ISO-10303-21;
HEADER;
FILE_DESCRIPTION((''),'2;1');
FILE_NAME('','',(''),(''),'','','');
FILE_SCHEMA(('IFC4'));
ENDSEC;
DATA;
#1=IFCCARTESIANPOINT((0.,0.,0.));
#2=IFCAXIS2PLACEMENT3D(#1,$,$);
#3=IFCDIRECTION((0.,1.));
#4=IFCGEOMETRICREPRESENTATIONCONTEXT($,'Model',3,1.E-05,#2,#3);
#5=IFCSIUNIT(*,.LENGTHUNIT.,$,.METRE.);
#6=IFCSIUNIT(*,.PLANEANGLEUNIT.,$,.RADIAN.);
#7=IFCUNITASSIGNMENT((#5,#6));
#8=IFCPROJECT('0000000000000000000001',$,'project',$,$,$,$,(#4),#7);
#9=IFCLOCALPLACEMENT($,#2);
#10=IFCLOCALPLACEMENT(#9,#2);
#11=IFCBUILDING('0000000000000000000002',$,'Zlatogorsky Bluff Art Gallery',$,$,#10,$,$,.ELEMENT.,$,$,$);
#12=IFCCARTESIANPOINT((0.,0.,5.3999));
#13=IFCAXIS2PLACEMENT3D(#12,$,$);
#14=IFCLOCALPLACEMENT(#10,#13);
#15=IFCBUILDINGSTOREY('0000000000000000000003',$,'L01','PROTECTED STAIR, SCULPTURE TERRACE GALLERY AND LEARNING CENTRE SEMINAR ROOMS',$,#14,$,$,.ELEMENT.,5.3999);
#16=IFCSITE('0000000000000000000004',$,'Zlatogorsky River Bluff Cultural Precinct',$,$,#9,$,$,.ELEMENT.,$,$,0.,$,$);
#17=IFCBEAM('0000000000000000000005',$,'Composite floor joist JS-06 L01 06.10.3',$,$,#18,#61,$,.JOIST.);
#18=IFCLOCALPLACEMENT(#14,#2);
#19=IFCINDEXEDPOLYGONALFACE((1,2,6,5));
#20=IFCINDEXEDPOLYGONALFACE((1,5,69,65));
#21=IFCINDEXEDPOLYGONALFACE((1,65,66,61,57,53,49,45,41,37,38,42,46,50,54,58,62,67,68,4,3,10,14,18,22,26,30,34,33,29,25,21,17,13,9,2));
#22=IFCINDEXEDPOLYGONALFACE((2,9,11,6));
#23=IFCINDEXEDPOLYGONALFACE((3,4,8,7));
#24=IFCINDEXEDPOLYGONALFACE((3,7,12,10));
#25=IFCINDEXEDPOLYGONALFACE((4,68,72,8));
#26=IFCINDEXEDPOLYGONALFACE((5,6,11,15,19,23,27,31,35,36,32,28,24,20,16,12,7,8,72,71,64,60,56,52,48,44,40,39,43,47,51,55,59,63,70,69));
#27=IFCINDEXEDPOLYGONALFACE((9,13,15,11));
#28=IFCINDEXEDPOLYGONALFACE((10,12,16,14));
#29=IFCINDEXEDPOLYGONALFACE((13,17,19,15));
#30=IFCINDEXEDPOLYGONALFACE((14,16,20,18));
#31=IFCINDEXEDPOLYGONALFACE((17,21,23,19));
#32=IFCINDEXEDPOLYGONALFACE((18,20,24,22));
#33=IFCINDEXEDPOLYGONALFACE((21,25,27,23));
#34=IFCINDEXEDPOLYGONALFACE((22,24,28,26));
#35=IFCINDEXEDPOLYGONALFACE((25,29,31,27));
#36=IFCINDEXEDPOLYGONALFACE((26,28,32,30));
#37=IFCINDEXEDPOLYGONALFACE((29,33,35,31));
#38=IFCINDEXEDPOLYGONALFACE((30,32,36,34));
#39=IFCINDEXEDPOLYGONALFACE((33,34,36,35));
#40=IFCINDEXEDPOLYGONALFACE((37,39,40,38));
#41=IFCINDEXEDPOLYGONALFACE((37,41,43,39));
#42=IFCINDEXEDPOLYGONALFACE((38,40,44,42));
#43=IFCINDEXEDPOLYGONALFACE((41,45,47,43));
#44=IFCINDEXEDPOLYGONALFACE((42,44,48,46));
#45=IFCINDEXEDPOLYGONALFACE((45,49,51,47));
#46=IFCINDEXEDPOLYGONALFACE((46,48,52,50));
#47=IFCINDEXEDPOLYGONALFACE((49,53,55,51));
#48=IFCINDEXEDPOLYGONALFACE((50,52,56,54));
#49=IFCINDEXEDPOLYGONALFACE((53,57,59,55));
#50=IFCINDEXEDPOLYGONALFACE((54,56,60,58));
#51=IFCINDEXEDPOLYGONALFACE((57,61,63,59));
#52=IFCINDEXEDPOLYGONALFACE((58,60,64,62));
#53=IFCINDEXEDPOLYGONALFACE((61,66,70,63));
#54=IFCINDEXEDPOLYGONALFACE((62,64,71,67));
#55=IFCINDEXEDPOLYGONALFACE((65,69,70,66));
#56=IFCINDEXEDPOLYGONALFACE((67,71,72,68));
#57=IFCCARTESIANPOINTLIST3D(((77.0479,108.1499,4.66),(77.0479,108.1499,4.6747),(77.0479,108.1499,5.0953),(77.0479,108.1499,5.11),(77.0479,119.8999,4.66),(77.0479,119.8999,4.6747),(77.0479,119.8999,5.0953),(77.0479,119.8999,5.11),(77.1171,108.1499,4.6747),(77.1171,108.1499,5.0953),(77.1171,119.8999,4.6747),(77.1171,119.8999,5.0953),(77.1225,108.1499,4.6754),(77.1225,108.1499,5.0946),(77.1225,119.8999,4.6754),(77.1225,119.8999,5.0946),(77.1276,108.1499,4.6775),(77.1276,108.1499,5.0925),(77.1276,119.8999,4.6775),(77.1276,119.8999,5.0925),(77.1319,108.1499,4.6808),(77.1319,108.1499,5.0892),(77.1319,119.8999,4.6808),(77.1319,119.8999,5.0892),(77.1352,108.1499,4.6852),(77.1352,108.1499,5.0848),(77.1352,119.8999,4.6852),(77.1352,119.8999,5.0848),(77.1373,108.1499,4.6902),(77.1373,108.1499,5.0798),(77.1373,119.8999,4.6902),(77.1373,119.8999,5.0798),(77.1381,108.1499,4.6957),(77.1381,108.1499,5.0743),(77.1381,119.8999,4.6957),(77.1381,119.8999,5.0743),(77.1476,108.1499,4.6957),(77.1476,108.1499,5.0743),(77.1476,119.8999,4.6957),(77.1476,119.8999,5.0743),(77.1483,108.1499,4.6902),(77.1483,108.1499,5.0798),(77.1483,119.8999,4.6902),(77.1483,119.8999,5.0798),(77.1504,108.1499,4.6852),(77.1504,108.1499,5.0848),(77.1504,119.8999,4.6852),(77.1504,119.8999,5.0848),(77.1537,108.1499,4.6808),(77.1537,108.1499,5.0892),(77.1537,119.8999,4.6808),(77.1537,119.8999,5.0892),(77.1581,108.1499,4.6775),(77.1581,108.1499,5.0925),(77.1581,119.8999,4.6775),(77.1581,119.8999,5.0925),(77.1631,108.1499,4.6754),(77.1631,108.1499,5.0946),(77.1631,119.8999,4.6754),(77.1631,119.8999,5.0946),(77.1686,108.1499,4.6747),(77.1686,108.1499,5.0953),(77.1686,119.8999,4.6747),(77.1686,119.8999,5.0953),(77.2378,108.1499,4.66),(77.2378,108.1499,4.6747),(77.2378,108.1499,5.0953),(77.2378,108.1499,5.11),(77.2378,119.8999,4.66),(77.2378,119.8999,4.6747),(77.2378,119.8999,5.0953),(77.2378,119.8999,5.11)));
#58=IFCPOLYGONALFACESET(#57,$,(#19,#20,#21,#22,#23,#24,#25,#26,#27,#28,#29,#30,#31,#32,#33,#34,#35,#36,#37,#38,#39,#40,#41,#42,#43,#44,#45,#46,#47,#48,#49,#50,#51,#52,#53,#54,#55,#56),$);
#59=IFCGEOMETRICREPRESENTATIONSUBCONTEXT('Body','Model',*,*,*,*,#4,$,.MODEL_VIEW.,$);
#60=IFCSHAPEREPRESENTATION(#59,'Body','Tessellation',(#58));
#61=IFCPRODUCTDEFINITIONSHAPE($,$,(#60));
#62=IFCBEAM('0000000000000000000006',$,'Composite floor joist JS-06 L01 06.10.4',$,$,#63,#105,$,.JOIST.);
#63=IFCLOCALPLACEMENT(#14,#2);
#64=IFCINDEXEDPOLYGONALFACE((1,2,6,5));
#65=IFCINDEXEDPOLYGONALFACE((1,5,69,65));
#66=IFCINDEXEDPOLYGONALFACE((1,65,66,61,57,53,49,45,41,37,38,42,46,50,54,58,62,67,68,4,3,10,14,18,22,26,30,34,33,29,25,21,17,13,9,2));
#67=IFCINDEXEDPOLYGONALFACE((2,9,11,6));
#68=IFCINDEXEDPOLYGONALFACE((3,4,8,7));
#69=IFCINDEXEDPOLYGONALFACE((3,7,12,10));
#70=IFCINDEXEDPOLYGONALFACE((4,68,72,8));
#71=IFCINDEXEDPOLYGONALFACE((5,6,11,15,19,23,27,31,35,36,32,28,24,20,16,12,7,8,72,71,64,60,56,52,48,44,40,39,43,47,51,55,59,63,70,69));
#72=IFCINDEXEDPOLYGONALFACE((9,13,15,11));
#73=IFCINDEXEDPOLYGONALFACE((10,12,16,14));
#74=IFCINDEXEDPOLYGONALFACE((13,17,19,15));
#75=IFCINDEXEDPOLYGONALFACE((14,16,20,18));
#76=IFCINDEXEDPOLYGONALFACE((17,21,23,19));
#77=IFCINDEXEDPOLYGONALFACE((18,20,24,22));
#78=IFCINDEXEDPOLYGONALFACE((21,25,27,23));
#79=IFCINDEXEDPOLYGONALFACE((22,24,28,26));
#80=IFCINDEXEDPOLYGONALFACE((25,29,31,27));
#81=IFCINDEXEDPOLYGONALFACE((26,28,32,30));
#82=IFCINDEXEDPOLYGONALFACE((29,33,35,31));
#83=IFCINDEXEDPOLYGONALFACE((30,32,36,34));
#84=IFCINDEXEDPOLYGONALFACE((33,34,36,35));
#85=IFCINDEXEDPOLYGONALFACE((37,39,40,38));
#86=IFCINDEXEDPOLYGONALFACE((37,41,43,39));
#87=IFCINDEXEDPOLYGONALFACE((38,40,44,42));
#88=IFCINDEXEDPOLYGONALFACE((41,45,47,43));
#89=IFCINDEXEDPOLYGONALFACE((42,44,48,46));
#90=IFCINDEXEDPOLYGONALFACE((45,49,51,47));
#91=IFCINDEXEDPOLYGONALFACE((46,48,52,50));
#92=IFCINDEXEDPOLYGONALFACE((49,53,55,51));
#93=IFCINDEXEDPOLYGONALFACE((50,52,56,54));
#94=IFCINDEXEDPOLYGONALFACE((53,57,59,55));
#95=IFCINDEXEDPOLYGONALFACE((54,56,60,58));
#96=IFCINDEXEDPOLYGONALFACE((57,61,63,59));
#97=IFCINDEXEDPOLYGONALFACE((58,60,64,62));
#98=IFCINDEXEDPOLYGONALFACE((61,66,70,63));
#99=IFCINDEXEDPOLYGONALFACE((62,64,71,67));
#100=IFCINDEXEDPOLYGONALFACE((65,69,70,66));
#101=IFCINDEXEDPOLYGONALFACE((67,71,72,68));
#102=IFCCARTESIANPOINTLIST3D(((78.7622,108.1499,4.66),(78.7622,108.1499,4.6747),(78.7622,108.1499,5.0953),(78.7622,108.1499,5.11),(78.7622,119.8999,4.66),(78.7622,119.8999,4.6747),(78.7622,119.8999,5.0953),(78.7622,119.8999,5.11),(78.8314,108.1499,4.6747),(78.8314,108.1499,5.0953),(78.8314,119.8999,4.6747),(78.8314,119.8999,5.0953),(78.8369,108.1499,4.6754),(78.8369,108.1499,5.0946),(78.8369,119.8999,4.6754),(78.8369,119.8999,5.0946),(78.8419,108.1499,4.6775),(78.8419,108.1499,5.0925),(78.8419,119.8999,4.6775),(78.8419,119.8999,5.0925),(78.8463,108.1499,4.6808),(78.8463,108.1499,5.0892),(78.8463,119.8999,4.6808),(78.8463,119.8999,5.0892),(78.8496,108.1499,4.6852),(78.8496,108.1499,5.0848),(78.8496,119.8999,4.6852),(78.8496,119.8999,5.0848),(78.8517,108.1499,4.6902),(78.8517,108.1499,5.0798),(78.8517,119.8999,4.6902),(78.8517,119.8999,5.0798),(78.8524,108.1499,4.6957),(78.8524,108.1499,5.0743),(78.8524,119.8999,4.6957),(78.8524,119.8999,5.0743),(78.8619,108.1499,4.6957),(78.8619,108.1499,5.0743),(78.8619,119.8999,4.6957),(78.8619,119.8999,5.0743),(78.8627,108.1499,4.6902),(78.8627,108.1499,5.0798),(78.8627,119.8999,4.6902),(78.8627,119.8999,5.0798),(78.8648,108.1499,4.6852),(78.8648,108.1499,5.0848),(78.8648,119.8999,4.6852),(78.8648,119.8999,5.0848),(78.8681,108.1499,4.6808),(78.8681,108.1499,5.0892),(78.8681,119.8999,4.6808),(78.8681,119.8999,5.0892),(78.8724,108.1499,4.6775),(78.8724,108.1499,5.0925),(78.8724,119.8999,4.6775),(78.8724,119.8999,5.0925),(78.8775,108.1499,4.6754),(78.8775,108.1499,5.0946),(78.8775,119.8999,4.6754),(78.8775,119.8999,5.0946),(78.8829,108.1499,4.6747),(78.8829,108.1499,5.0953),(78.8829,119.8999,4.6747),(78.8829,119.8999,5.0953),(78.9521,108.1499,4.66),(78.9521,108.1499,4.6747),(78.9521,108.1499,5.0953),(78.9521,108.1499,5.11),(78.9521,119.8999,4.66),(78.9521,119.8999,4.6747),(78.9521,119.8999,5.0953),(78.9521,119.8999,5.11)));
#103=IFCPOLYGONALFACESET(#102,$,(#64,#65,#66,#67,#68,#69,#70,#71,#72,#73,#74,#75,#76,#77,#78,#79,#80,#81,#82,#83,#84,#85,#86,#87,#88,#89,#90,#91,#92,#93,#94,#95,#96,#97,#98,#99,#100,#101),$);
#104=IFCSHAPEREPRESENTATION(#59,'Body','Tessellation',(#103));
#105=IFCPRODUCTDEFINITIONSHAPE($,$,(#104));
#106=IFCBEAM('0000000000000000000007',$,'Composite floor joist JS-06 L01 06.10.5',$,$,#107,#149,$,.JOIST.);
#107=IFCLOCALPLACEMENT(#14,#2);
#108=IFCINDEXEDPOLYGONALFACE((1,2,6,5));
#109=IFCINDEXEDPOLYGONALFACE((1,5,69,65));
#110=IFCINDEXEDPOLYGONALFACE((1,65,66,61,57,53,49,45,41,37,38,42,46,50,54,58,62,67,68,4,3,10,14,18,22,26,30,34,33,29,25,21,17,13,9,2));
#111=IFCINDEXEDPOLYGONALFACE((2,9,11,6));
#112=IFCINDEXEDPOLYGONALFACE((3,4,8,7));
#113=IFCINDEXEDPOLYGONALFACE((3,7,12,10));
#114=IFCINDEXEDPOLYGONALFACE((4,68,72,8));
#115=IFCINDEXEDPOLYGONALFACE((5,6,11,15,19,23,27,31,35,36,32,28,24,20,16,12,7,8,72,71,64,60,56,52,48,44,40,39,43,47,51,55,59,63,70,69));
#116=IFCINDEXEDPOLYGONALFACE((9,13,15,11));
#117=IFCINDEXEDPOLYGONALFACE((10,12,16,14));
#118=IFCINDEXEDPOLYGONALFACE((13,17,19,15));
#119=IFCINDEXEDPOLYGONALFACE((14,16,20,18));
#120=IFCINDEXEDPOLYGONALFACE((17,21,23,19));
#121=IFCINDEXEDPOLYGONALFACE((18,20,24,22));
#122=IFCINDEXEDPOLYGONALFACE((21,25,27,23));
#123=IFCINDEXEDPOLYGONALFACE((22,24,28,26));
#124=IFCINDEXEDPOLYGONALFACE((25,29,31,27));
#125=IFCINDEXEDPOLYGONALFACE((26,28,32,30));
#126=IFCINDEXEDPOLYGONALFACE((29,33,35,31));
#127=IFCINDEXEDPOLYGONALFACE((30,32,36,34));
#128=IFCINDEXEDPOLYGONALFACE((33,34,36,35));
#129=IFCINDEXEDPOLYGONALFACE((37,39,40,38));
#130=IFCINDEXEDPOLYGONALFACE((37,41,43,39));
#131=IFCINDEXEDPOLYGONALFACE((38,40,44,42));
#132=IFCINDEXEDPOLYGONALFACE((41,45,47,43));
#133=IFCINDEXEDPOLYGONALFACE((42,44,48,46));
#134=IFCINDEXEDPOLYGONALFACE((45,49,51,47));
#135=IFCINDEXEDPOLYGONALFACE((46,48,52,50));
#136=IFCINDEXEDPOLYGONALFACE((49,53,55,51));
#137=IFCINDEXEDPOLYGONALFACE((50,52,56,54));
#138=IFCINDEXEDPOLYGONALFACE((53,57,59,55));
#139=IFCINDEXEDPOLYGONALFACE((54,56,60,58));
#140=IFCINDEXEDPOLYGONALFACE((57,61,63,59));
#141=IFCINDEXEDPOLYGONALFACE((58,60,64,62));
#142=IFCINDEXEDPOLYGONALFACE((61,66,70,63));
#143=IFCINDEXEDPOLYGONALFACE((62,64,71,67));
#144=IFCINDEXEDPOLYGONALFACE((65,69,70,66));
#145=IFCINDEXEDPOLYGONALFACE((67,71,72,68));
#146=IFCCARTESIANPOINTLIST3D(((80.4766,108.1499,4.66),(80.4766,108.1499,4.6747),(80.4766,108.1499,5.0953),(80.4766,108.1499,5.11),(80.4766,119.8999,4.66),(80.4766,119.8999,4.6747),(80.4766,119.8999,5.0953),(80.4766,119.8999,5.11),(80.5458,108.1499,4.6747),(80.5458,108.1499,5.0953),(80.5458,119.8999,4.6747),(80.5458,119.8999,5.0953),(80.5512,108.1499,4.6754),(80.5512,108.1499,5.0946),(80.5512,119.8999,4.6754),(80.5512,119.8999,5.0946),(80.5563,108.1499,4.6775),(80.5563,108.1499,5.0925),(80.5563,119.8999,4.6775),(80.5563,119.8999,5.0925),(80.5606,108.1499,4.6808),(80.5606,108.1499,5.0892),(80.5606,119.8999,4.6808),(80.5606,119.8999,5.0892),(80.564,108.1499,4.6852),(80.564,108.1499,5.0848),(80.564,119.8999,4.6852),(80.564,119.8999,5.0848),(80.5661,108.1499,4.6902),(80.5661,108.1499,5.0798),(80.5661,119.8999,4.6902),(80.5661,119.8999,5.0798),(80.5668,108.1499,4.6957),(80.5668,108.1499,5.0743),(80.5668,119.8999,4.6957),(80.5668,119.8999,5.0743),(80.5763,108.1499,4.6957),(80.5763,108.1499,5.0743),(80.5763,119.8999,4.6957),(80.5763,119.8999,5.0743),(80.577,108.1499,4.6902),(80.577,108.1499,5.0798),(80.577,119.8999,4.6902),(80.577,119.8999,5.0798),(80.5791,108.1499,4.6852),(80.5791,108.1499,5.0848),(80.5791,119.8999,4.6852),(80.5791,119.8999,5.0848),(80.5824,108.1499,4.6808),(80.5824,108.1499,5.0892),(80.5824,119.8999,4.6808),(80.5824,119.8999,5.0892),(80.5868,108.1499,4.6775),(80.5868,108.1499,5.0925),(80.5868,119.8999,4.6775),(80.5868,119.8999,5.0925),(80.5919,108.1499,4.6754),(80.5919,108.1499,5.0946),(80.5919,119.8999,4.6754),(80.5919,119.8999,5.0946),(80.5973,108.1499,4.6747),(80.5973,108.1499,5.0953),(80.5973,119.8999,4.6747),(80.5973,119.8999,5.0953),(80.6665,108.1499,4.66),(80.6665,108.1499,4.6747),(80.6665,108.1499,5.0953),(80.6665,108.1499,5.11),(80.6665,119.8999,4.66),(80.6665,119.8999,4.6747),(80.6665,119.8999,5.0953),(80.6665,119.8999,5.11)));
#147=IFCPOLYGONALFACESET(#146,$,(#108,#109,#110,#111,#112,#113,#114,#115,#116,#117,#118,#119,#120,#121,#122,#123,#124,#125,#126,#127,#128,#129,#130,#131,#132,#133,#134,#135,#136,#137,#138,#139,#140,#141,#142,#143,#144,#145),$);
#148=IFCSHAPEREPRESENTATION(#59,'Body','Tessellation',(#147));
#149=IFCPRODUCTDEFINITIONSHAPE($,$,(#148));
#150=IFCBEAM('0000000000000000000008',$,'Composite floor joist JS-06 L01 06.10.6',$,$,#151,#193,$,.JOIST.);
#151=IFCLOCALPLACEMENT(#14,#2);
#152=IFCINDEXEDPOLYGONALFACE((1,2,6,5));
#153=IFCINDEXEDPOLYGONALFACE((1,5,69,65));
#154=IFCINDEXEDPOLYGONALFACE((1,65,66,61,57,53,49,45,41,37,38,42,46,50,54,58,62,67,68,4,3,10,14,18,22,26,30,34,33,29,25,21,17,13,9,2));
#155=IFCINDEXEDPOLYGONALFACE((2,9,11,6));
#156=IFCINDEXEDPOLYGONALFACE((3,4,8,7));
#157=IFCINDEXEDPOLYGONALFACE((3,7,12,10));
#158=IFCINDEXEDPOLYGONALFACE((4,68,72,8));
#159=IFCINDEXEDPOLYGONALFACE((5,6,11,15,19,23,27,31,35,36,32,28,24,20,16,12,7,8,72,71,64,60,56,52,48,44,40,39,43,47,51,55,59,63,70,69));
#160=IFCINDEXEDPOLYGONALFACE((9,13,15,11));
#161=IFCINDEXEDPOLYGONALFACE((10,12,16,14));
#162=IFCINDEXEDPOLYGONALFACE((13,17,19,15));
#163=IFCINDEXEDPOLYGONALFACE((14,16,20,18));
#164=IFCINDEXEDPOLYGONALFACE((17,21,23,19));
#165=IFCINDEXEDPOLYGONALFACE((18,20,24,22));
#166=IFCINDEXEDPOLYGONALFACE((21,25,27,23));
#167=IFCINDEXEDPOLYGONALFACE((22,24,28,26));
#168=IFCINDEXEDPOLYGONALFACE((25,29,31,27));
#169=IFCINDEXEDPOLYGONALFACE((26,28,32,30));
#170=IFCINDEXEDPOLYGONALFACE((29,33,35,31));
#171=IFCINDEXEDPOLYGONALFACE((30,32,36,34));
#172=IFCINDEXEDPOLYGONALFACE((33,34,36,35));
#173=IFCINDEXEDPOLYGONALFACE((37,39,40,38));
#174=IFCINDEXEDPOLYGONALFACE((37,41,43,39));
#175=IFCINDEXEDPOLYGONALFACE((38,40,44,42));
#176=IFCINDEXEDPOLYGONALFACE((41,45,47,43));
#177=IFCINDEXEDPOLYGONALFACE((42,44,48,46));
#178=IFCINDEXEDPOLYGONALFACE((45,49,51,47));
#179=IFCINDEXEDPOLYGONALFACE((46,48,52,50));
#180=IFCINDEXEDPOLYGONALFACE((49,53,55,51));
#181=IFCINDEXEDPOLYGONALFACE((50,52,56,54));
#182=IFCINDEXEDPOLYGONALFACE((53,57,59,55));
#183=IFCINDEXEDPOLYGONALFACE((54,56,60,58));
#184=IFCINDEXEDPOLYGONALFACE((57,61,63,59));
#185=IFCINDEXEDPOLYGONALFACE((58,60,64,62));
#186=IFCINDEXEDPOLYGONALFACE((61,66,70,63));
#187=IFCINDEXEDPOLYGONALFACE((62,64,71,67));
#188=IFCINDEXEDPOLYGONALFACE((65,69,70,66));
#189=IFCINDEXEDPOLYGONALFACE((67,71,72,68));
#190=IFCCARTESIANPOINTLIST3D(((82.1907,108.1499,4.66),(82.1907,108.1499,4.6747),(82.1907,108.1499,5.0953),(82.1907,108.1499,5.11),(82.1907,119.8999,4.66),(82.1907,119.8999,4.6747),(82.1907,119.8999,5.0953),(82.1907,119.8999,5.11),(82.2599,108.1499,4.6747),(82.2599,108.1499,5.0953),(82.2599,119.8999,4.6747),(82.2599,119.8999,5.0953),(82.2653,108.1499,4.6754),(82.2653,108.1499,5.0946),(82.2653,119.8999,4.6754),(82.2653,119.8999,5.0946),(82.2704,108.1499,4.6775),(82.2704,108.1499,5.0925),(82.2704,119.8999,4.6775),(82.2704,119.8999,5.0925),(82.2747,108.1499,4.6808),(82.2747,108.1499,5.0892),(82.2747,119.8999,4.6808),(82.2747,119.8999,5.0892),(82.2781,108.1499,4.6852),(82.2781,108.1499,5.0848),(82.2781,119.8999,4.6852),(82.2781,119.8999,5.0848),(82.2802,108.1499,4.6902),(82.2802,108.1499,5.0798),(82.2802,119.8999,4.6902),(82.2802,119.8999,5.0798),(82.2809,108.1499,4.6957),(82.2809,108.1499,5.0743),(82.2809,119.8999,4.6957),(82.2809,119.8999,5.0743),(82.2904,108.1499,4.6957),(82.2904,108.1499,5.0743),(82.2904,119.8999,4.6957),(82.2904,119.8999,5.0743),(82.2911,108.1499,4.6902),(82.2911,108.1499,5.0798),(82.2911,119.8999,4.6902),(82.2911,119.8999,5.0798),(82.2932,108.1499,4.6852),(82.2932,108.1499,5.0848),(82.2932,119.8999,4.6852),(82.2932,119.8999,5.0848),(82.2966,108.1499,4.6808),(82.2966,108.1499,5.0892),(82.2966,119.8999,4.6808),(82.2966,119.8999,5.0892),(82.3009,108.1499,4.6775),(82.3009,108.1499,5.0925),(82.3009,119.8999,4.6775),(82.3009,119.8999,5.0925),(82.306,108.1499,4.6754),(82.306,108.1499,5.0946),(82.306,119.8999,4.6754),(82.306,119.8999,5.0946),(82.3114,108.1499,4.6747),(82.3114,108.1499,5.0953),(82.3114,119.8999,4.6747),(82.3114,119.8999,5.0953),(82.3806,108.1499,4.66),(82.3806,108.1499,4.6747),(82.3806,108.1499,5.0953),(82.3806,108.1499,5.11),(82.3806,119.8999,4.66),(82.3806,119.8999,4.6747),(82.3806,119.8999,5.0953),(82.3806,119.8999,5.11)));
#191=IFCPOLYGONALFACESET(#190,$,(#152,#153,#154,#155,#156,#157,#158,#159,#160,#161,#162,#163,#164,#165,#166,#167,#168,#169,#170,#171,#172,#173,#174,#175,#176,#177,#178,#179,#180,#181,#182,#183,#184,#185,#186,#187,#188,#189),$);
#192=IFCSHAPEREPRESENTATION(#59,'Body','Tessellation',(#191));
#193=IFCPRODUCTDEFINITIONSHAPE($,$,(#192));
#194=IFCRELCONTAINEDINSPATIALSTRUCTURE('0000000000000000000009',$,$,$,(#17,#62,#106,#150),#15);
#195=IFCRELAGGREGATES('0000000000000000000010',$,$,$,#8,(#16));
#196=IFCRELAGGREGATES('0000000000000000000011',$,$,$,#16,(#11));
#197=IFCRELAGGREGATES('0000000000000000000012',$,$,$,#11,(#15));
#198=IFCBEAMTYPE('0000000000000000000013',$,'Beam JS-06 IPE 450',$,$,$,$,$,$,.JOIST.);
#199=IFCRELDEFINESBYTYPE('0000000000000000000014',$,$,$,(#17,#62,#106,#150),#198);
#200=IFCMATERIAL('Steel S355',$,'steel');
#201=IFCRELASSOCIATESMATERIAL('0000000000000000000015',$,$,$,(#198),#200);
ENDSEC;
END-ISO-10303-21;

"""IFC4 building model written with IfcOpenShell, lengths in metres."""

from ifc_helpers import new_model, si_unit, direction, frame, origin, origin_2d, place, context, subcontext, project, spatial, i_section, extrude, material, material_profile, profile_set, type_object, element, save


model = new_model("IFC4")

# Units and contexts
model_context = context("Model", 3, precision=1e-05, world=origin(), true_north=direction((0.0, 1.0)))
body_context = subcontext(model_context, "Body", "Model", "MODEL_VIEW")
ifc_project = project(units=[si_unit("LENGTHUNIT", "METRE"), si_unit("PLANEANGLEUNIT", "RADIAN")], contexts=[model_context])

# Site, building, storey
site_placement = place(None, origin())
site = spatial("IfcSite", under=ifc_project, at=site_placement, Name="Zlatogorsky River Bluff Cultural Precinct", CompositionType="ELEMENT", RefElevation=0.0)
building_placement = place(site_placement, origin())
building = spatial("IfcBuilding", under=site, at=building_placement, Name="Zlatogorsky Bluff Art Gallery", CompositionType="ELEMENT")
storey_placement = place(building_placement, frame((0.0, 0.0, 5.3999)))
storey = spatial("IfcBuildingStorey", under=building, at=storey_placement, Name="L01", Description="PROTECTED STAIR, SCULPTURE TERRACE GALLERY AND LEARNING CENTRE SEMINAR ROOMS", CompositionType="ELEMENT", Elevation=5.3999)

# Shared definitions
ifc_material_1 = material(Name="Steel S355", Category="steel")

# Beams
ifc_material_profile_1 = material_profile(ifc_material_1, i_section(OverallWidth=0.1899, OverallDepth=0.45, WebThickness=0.0095, FlangeThickness=0.0146, FilletRadius=0.021, at=origin_2d()), Name="IPE 450")
ifc_profile_set_1 = profile_set([ifc_material_profile_1], Name="Steel S355")
beam_type_1 = type_object("IfcBeamType", Name="Beam JS-06 IPE 450", PredefinedType="JOIST", material=ifc_profile_set_1)
for number, where, z_axis, x_axis, name in (
    (1, (77.1428, 108.1499, 4.885), (0.0, 1.0, 0.0), (-1.0, 0.0, 0.0), "Composite floor joist JS-06 L01 06.10.3"),
    (2, (78.8572, 108.1499, 4.885), (0.0, 1.0, 0.0), (-1.0, 0.0, 0.0), "Composite floor joist JS-06 L01 06.10.4"),
    (3, (80.5715, 108.1499, 4.885), (0.0, 1.0, 0.0), (-1.0, 0.0, 0.0), "Composite floor joist JS-06 L01 06.10.5"),
    (4, (82.2856, 108.1499, 4.885), (0.0, 1.0, 0.0), (-1.0, 0.0, 0.0), "Composite floor joist JS-06 L01 06.10.6"),
):
    element("IfcBeam", number, at=place(storey_placement, frame(where, z_axis=z_axis, x_axis=x_axis)), inside=storey, type_object=beam_type_1, Name=name, PredefinedType="JOIST", context=body_context, shape_type="SweptSolid", body=[
        extrude(i_section(OverallWidth=0.1899, OverallDepth=0.45, WebThickness=0.0095, FlangeThickness=0.0146, FilletRadius=0.021, at=origin_2d()), origin(), (0.0, 0.0, 1.0), 11.75),
    ])

save(model, "model.ifc")
